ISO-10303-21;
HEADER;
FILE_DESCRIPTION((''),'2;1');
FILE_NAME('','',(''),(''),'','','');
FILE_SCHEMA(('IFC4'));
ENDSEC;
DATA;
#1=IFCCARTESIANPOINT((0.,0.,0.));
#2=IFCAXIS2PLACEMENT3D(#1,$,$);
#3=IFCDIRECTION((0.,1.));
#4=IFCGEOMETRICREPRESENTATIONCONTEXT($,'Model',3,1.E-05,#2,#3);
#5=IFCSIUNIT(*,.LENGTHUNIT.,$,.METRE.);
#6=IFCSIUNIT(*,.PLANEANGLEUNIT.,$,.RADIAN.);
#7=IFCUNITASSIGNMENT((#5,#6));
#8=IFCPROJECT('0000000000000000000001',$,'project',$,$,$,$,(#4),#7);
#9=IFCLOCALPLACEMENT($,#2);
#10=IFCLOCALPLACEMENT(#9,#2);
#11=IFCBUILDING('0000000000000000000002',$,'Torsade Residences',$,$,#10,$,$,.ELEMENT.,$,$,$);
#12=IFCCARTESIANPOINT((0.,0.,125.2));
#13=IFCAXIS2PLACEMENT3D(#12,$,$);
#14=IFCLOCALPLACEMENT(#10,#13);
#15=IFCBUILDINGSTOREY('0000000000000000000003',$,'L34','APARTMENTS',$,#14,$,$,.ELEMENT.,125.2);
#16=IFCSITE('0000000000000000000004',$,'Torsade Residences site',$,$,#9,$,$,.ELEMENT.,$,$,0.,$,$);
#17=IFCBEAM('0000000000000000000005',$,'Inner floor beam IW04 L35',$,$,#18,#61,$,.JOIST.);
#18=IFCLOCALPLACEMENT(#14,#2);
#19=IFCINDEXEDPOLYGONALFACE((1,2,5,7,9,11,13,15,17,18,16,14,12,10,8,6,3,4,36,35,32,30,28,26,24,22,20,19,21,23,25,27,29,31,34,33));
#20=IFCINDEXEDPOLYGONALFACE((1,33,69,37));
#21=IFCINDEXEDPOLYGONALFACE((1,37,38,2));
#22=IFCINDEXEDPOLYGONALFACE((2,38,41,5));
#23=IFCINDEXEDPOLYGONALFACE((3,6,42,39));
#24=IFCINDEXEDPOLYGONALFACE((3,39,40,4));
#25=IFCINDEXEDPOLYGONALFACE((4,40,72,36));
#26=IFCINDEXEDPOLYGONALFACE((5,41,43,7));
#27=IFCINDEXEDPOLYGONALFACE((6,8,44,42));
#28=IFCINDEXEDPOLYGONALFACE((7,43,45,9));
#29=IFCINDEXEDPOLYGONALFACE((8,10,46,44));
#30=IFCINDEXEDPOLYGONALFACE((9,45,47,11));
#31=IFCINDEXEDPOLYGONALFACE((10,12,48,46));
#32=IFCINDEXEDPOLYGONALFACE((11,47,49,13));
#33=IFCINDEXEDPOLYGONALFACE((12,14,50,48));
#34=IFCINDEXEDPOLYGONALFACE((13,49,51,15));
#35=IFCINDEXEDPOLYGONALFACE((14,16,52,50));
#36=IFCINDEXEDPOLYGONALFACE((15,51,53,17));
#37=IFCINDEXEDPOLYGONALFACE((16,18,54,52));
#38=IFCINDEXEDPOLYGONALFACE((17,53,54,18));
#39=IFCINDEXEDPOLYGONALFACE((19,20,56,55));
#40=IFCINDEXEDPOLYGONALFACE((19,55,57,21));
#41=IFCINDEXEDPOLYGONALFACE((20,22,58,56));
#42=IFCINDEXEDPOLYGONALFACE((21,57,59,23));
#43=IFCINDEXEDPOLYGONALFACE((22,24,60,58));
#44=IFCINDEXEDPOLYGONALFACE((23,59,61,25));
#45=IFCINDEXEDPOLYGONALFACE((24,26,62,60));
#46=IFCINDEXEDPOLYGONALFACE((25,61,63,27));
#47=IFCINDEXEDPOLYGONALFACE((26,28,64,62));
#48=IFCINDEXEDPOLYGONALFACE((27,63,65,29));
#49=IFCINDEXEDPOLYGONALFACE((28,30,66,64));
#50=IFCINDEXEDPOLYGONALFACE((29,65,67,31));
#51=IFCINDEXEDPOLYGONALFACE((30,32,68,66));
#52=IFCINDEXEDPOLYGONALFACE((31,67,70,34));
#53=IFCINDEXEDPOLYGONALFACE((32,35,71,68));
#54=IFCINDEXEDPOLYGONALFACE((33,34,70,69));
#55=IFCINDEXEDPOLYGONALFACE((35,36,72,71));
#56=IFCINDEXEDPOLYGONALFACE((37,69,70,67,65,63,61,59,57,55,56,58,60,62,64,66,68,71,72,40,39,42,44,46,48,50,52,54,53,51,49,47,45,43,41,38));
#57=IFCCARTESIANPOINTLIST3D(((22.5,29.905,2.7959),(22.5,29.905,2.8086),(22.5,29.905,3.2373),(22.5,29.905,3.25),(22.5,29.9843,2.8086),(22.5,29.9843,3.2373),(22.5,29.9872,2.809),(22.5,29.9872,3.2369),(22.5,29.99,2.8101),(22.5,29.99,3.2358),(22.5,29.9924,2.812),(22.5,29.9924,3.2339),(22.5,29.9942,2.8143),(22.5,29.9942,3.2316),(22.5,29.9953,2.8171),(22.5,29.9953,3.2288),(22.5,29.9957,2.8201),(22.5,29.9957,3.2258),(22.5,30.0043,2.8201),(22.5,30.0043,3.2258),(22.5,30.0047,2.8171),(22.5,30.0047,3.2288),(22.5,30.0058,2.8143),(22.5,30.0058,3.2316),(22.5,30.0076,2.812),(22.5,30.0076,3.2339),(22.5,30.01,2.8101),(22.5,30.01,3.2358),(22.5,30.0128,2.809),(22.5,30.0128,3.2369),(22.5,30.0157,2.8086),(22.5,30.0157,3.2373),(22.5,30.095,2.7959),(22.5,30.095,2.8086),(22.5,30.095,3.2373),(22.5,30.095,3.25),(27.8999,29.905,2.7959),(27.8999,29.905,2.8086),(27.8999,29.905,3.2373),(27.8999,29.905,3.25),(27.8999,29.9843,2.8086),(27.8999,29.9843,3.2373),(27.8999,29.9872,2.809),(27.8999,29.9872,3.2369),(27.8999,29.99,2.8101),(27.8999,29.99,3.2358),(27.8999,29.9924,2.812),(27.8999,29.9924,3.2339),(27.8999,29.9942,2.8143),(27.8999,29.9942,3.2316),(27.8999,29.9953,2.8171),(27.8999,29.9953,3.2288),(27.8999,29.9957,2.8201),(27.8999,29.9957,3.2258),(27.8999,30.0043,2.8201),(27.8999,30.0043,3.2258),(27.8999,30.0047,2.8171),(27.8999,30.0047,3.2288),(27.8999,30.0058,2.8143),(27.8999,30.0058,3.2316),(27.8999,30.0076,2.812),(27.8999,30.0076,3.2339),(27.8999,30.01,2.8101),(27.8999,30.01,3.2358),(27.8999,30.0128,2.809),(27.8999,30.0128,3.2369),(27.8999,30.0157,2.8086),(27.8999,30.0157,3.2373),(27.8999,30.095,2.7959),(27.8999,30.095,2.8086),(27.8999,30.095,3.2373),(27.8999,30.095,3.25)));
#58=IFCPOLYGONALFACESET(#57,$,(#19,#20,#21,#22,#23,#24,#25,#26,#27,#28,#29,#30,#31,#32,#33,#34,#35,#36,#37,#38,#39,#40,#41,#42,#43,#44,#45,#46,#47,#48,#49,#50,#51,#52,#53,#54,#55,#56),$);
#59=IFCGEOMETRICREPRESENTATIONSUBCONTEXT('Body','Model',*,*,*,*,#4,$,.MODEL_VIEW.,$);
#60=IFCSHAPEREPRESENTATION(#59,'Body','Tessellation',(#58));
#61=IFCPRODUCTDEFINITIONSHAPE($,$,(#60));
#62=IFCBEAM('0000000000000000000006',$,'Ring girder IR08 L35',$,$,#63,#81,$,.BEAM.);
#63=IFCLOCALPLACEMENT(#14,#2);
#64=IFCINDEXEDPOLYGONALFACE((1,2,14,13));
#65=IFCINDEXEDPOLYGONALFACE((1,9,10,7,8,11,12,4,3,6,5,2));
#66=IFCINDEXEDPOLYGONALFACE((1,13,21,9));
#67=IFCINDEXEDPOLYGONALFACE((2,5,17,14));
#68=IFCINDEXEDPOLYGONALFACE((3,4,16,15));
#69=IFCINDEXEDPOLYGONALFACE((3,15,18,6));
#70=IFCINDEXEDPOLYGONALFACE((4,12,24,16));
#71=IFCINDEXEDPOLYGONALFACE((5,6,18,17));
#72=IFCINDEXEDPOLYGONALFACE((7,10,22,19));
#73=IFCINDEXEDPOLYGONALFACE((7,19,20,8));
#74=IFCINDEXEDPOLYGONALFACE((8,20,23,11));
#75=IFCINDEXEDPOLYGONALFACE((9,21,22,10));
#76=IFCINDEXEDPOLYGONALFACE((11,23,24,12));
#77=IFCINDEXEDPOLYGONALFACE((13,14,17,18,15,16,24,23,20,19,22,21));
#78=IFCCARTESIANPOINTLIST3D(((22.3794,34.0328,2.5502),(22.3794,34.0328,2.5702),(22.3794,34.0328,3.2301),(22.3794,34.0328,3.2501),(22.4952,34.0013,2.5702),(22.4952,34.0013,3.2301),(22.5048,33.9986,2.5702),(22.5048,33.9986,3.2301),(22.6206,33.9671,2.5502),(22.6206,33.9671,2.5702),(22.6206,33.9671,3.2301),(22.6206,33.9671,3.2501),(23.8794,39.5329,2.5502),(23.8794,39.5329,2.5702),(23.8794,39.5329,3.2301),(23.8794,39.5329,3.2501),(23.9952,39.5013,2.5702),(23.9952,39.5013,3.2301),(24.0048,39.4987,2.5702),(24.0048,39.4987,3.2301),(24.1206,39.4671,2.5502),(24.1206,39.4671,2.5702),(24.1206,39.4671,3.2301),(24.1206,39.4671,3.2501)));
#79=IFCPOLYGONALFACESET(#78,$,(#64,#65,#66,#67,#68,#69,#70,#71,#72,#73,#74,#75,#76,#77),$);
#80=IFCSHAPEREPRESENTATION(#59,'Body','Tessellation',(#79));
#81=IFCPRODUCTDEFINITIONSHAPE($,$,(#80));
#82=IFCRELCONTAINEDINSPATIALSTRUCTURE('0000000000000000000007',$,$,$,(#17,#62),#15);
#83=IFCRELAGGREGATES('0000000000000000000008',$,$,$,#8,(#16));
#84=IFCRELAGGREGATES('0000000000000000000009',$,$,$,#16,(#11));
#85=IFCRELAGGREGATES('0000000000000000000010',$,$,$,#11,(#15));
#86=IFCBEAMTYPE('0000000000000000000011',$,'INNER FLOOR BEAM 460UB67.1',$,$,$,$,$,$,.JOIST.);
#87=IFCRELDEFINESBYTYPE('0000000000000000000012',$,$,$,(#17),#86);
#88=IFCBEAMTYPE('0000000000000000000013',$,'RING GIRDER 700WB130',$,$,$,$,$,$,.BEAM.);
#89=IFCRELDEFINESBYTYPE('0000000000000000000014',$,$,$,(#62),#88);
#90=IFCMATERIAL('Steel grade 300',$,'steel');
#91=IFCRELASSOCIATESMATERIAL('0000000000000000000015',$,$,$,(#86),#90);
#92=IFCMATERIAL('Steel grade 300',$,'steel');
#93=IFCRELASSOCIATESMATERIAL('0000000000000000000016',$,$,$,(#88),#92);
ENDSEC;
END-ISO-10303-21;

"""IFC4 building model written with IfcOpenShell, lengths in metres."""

from ifc_helpers import new_model, si_unit, direction, frame, origin, origin_2d, place, context, subcontext, project, spatial, i_section, extrude, material, material_profile, profile_set, type_object, element, save


model = new_model("IFC4")

# Units and contexts
model_context = context("Model", 3, precision=1e-05, world=origin(), true_north=direction((0.0, 1.0)))
body_context = subcontext(model_context, "Body", "Model", "MODEL_VIEW")
ifc_project = project(units=[si_unit("LENGTHUNIT", "METRE"), si_unit("PLANEANGLEUNIT", "RADIAN")], contexts=[model_context])

# Site, building, storey
site_placement = place(None, origin())
site = spatial("IfcSite", under=ifc_project, at=site_placement, Name="Torsade Residences site", CompositionType="ELEMENT", RefElevation=0.0)
building_placement = place(site_placement, origin())
building = spatial("IfcBuilding", under=site, at=building_placement, Name="Torsade Residences", CompositionType="ELEMENT")
storey_placement = place(building_placement, frame((0.0, 0.0, 125.2)))
storey = spatial("IfcBuildingStorey", under=building, at=storey_placement, Name="L34", Description="APARTMENTS", CompositionType="ELEMENT", Elevation=125.2)

# Beams
ifc_material_1 = material(Name="Steel grade 300", Category="steel")
ifc_material_profile_1 = material_profile(ifc_material_1, i_section(OverallWidth=0.1899, OverallDepth=0.4541, WebThickness=0.0085, FlangeThickness=0.0127, FilletRadius=0.0115, at=origin_2d()), Name="460UB67.1")
ifc_profile_set_1 = profile_set([ifc_material_profile_1], Name="Steel grade 300")
beam_type_1 = type_object("IfcBeamType", Name="INNER FLOOR BEAM 460UB67.1", PredefinedType="JOIST", material=ifc_profile_set_1)
for number, where, z_axis, x_axis, name in (
    (1, (27.8999, 30.0, 3.0229), (-1.0, 0.0, 0.0), (0.0, -1.0, 0.0), "Inner floor beam IW04 L35"),
):
    element("IfcBeam", number, at=place(storey_placement, frame(where, z_axis=z_axis, x_axis=x_axis)), inside=storey, type_object=beam_type_1, Name=name, PredefinedType="JOIST", context=body_context, shape_type="SweptSolid", body=[
        extrude(i_section(OverallWidth=0.1899, OverallDepth=0.4541, WebThickness=0.0085, FlangeThickness=0.0127, FilletRadius=0.0115, at=origin_2d()), origin(), (0.0, 0.0, 1.0), 5.3999),
    ])
ifc_material_2 = material(Name="Steel grade 300", Category="steel")
ifc_material_profile_2 = material_profile(ifc_material_2, i_section(OverallWidth=0.25, OverallDepth=0.7, WebThickness=0.01, FlangeThickness=0.02, at=origin_2d()), Name="700WB130")
ifc_profile_set_2 = profile_set([ifc_material_profile_2], Name="Steel grade 300")
beam_type_2 = type_object("IfcBeamType", Name="RING GIRDER 700WB130", PredefinedType="BEAM", material=ifc_profile_set_2)
beam_1_placement = place(storey_placement, frame((24.0, 39.5, 2.9001), z_axis=(-0.263117, -0.964764, 0.0), x_axis=(0.964764, -0.263117, 0.0)))
element("IfcBeam", 2, at=beam_1_placement, inside=storey, type_object=beam_type_2, Name="Ring girder IR08 L35", PredefinedType="BEAM", context=body_context, shape_type="SweptSolid", body=[
    extrude(i_section(OverallWidth=0.25, OverallDepth=0.7, WebThickness=0.01, FlangeThickness=0.02, at=origin_2d()), origin(), (0.0, 0.0, 1.0), 5.7009),
])

save(model, "model.ifc")
